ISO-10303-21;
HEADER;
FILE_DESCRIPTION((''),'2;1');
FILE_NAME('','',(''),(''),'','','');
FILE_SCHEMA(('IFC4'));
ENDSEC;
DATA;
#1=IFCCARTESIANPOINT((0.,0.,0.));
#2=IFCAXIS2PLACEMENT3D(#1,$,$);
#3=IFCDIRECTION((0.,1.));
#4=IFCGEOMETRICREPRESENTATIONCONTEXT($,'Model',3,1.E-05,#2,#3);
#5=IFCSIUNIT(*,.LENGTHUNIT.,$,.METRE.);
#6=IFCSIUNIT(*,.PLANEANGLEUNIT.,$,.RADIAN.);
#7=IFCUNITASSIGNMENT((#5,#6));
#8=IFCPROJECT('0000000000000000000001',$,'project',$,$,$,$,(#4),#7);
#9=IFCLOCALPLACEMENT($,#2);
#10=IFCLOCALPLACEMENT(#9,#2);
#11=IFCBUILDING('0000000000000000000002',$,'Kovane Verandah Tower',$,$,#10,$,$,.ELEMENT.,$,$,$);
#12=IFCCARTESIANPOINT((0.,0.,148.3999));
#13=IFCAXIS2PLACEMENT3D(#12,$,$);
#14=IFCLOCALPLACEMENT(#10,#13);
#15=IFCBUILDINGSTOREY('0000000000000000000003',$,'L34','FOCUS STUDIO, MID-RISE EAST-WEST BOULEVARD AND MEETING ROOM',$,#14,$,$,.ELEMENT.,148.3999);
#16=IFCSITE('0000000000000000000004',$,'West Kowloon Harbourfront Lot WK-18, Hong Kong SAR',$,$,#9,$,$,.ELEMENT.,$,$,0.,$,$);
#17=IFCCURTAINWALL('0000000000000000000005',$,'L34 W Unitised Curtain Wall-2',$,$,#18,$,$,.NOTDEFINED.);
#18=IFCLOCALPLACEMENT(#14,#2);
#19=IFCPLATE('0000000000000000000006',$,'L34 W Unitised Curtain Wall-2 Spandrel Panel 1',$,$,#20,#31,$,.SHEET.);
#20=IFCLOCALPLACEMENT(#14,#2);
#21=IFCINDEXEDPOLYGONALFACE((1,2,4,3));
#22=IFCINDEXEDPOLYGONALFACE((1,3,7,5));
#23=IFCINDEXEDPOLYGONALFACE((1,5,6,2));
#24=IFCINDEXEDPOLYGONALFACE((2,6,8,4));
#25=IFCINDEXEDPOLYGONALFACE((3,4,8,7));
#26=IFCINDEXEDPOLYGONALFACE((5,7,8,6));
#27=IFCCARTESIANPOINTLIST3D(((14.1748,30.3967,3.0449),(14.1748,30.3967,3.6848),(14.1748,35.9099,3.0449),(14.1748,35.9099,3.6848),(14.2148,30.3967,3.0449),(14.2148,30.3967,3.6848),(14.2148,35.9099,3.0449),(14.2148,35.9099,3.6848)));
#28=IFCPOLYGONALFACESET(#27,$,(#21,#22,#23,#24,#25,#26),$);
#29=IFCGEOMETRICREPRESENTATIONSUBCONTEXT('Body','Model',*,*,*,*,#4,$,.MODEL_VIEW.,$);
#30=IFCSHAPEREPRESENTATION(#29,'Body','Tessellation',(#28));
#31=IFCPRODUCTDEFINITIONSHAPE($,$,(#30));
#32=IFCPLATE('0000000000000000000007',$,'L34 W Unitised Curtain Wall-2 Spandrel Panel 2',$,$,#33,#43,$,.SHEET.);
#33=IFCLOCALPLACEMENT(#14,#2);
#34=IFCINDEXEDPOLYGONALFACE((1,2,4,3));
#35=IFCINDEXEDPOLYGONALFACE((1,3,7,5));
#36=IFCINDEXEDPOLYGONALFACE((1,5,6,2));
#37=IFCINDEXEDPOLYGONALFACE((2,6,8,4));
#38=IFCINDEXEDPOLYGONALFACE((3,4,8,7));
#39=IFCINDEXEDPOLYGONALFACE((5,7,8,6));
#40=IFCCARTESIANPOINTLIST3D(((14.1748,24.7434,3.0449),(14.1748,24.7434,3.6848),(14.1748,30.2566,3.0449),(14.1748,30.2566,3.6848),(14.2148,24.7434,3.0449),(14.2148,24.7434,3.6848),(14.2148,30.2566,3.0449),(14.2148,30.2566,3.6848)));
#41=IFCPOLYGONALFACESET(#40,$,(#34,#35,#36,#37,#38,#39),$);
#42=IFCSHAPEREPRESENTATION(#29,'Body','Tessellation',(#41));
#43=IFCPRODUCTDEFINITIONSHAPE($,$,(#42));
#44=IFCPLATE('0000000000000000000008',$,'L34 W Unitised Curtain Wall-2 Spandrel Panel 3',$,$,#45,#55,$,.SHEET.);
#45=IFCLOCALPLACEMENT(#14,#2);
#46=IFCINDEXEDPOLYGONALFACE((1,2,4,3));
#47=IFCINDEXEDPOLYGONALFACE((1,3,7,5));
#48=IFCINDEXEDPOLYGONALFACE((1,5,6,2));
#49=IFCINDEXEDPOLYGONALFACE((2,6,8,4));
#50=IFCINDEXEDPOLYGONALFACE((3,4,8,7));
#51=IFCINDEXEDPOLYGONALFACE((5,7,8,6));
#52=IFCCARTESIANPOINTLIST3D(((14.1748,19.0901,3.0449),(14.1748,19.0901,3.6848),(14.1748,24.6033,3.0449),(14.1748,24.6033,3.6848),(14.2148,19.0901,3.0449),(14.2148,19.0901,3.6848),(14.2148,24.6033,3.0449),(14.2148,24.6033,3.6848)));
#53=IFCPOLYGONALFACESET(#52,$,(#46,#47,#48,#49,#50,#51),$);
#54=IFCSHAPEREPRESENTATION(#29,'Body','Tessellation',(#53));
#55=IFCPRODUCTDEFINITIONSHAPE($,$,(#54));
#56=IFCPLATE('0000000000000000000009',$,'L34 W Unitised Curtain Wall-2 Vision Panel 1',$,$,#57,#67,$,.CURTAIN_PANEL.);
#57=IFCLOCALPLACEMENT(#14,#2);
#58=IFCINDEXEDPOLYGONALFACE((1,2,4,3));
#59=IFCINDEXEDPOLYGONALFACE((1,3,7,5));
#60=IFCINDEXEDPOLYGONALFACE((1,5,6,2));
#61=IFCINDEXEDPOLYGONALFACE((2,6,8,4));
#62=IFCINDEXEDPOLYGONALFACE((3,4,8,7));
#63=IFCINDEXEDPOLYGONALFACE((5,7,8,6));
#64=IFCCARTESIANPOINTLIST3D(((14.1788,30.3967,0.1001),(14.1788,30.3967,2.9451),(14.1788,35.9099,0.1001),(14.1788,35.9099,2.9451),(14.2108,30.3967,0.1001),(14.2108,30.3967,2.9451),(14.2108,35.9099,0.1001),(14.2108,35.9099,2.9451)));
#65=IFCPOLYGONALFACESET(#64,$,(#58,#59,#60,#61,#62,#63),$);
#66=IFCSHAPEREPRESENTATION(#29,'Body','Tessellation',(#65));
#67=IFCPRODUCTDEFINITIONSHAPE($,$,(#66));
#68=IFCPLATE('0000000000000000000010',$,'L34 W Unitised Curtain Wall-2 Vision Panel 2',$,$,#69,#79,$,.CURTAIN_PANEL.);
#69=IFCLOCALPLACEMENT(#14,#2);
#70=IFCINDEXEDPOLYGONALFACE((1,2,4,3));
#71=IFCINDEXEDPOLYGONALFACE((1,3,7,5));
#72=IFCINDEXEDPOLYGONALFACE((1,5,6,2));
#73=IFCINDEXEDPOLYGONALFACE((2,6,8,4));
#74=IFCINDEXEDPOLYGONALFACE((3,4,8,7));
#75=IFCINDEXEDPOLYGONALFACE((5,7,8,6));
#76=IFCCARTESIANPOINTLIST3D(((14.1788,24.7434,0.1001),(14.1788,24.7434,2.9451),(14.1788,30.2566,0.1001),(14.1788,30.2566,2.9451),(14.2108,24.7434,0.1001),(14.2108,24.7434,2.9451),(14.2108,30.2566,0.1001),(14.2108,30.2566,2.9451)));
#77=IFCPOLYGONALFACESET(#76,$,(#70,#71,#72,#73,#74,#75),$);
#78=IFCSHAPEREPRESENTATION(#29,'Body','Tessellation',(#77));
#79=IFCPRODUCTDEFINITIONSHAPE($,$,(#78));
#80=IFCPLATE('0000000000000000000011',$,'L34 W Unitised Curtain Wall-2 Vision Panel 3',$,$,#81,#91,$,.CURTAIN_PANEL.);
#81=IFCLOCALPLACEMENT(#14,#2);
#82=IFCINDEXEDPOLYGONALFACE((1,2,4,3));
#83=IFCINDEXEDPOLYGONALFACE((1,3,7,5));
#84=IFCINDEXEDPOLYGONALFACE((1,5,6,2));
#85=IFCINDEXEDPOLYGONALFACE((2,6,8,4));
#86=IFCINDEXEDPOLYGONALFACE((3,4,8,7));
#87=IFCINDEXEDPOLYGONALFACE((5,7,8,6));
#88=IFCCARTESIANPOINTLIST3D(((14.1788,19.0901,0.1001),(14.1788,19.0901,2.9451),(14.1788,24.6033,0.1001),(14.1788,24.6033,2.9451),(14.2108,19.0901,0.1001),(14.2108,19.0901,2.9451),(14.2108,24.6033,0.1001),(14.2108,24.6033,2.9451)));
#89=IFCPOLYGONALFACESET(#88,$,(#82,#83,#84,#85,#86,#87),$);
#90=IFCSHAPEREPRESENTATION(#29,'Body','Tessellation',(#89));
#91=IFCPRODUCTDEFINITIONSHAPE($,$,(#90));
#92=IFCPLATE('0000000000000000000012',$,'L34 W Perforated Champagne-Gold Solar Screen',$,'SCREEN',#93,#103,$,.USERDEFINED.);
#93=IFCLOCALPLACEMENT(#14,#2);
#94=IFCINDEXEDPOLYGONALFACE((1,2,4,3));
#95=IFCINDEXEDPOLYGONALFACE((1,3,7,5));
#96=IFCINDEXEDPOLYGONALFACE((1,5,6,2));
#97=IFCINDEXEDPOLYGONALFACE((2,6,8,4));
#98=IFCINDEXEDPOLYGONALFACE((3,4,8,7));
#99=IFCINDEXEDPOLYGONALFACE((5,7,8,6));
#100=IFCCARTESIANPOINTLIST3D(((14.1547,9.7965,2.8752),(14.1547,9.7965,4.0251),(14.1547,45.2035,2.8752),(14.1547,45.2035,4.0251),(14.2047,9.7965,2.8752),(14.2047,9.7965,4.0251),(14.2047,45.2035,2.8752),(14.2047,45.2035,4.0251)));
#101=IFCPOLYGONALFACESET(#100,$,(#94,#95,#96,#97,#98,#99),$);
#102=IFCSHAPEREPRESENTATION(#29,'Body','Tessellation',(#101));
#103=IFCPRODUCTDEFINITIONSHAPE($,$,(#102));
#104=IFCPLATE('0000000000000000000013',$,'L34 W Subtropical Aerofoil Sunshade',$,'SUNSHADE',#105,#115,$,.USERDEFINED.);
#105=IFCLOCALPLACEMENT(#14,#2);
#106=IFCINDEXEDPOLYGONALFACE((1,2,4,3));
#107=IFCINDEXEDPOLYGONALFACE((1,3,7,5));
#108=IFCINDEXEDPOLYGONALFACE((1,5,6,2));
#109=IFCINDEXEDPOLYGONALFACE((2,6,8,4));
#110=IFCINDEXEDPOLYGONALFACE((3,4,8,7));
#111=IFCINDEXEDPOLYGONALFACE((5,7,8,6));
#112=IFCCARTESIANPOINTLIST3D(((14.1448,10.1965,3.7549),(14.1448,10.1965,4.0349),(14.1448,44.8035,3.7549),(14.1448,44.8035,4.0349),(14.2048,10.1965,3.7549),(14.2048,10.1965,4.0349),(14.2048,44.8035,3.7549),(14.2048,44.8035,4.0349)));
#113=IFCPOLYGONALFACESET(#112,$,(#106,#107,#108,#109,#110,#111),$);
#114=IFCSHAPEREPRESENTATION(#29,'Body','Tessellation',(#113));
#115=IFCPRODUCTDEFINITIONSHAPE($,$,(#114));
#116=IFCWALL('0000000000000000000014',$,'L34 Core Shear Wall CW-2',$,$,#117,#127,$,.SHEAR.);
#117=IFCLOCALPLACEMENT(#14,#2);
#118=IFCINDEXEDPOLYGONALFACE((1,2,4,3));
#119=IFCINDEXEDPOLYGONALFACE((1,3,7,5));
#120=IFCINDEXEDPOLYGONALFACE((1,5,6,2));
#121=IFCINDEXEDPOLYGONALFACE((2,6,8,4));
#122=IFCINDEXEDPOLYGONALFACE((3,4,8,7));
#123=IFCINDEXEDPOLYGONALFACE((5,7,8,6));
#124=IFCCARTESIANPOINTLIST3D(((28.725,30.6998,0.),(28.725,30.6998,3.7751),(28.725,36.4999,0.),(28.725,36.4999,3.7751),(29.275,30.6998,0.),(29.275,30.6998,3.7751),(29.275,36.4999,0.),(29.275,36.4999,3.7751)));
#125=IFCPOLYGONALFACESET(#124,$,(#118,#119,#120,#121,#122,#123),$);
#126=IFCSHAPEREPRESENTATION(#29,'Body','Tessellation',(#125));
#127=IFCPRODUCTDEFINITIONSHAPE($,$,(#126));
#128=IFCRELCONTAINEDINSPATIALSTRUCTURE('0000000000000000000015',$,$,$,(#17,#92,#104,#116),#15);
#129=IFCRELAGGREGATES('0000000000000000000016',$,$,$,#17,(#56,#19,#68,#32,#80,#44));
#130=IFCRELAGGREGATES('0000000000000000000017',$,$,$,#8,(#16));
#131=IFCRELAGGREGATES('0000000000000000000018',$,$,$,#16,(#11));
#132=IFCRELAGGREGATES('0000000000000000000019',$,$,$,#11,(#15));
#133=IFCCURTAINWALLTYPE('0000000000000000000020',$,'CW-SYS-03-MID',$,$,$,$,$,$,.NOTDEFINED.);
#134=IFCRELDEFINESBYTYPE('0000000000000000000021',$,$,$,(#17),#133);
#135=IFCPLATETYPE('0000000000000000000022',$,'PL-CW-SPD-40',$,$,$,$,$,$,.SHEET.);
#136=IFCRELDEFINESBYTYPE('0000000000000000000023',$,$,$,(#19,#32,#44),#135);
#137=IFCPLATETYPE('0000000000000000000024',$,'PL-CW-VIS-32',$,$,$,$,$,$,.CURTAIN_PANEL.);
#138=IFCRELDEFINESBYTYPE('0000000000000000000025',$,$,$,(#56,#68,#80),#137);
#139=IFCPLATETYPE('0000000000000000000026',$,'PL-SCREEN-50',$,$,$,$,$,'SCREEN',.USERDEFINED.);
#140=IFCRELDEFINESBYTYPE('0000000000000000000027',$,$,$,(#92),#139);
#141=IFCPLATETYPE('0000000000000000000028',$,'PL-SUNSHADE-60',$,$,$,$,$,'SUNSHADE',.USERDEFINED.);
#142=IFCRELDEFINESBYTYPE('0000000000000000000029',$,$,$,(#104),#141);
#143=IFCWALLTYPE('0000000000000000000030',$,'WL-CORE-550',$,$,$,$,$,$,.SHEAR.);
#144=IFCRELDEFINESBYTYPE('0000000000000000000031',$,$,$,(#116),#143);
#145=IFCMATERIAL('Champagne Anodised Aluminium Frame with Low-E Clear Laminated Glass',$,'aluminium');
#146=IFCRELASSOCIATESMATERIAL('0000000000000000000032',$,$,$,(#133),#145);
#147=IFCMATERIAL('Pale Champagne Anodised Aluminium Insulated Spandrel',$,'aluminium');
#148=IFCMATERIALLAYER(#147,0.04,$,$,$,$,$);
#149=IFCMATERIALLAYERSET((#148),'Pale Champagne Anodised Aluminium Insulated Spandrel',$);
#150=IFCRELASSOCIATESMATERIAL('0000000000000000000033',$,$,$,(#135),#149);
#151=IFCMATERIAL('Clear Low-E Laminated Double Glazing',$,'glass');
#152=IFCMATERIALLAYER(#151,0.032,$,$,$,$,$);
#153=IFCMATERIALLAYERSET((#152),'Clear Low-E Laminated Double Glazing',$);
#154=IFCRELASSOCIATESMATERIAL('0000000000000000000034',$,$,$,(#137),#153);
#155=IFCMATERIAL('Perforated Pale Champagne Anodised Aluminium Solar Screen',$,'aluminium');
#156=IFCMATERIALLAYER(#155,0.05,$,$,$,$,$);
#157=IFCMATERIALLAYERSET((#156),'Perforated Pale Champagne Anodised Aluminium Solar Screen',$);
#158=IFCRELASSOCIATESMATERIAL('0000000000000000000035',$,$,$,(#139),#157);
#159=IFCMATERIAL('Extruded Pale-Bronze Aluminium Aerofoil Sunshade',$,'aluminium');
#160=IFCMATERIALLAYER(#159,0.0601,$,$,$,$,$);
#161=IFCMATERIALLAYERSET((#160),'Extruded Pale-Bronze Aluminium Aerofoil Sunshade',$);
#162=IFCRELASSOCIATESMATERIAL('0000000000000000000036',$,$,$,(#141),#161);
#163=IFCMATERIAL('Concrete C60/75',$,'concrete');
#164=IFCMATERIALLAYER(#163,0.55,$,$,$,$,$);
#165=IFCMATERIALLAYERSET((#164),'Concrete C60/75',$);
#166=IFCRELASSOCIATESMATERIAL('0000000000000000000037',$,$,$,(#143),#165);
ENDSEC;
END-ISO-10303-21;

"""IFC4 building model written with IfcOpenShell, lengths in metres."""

from ifc_helpers import new_model, si_unit, direction, frame, frame_2d, origin, origin_2d, place, context, subcontext, project, spatial, rectangle, extrude, material, layer, layer_set, type_object, element, aggregate, save


model = new_model("IFC4")

# Units and contexts
model_context = context("Model", 3, precision=1e-05, world=origin(), true_north=direction((0.0, 1.0)))
body_context = subcontext(model_context, "Body", "Model", "MODEL_VIEW")
ifc_project = project(units=[si_unit("LENGTHUNIT", "METRE"), si_unit("PLANEANGLEUNIT", "RADIAN")], contexts=[model_context])

# Site, building, storey
site_placement = place(None, origin())
site = spatial("IfcSite", under=ifc_project, at=site_placement, Name="West Kowloon Harbourfront Lot WK-18, Hong Kong SAR", CompositionType="ELEMENT", RefElevation=0.0)
building_placement = place(site_placement, origin())
building = spatial("IfcBuilding", under=site, at=building_placement, Name="Kovane Verandah Tower", CompositionType="ELEMENT")
storey_placement = place(building_placement, frame((0.0, 0.0, 148.3999)))
storey = spatial("IfcBuildingStorey", under=building, at=storey_placement, Name="L34", Description="FOCUS STUDIO, MID-RISE EAST-WEST BOULEVARD AND MEETING ROOM", CompositionType="ELEMENT", Elevation=148.3999)

# Shared definitions
ifc_material_1 = material(Name="Concrete C60/75", Category="concrete")

# Curtain wall, plates
ifc_material_2 = material(Name="Champagne Anodised Aluminium Frame with Low-E Clear Laminated Glass", Category="aluminium")
curtain_wall_type = type_object("IfcCurtainWallType", Name="CW-SYS-03-MID", PredefinedType="NOTDEFINED", material=ifc_material_2)
curtain_wall_placement = place(storey_placement, origin())
curtain_wall = element("IfcCurtainWall", 1, at=curtain_wall_placement, inside=storey, type_object=curtain_wall_type, Name="L34 W Unitised Curtain Wall-2", PredefinedType="NOTDEFINED")
ifc_material_3 = material(Name="Pale Champagne Anodised Aluminium Insulated Spandrel", Category="aluminium")
ifc_layer_1 = layer(ifc_material_3, 0.04)
ifc_layer_set_1 = layer_set([ifc_layer_1], Name="Pale Champagne Anodised Aluminium Insulated Spandrel")
plate_type_1 = type_object("IfcPlateType", Name="PL-CW-SPD-40", PredefinedType="SHEET", material=ifc_layer_set_1)
plate_1_placement = place(storey_placement, frame((14.1948, 33.1533, 3.0449), z_axis=(0.0, 0.0, 1.0), x_axis=(0.0, -1.0, 0.0)))
plate_1 = element("IfcPlate", 2, at=plate_1_placement, type_object=plate_type_1, Name="L34 W Unitised Curtain Wall-2 Spandrel Panel 1", PredefinedType="SHEET", context=body_context, shape_type="SweptSolid", body=[
    extrude(rectangle(XDim=5.5132, YDim=0.04, at=origin_2d()), origin(), (0.0, 0.0, 1.0), 0.6399),
])
plate_2_placement = place(storey_placement, frame((14.1948, 27.5, 3.0449), z_axis=(0.0, 0.0, 1.0), x_axis=(0.0, -1.0, 0.0)))
plate_2 = element("IfcPlate", 3, at=plate_2_placement, type_object=plate_type_1, Name="L34 W Unitised Curtain Wall-2 Spandrel Panel 2", PredefinedType="SHEET", context=body_context, shape_type="SweptSolid", body=[
    extrude(rectangle(XDim=5.5132, YDim=0.04, at=origin_2d()), origin(), (0.0, 0.0, 1.0), 0.6399),
])
plate_3_placement = place(storey_placement, frame((14.1948, 21.8467, 3.0449), z_axis=(0.0, 0.0, 1.0), x_axis=(0.0, -1.0, 0.0)))
plate_3 = element("IfcPlate", 4, at=plate_3_placement, type_object=plate_type_1, Name="L34 W Unitised Curtain Wall-2 Spandrel Panel 3", PredefinedType="SHEET", context=body_context, shape_type="SweptSolid", body=[
    extrude(rectangle(XDim=5.5132, YDim=0.04, at=origin_2d()), origin(), (0.0, 0.0, 1.0), 0.6399),
])
ifc_material_4 = material(Name="Clear Low-E Laminated Double Glazing", Category="glass")
ifc_layer_2 = layer(ifc_material_4, 0.032)
ifc_layer_set_2 = layer_set([ifc_layer_2], Name="Clear Low-E Laminated Double Glazing")
plate_type_2 = type_object("IfcPlateType", Name="PL-CW-VIS-32", PredefinedType="CURTAIN_PANEL", material=ifc_layer_set_2)
plate_4_placement = place(storey_placement, frame((14.1948, 33.1533, 0.1001), z_axis=(0.0, 0.0, 1.0), x_axis=(0.0, -1.0, 0.0)))
plate_4 = element("IfcPlate", 5, at=plate_4_placement, type_object=plate_type_2, Name="L34 W Unitised Curtain Wall-2 Vision Panel 1", PredefinedType="CURTAIN_PANEL", context=body_context, shape_type="SweptSolid", body=[
    extrude(rectangle(XDim=5.5132, YDim=0.032, at=origin_2d()), origin(), (0.0, 0.0, 1.0), 2.845),
])
plate_5_placement = place(storey_placement, frame((14.1948, 27.5, 0.1001), z_axis=(0.0, 0.0, 1.0), x_axis=(0.0, -1.0, 0.0)))
plate_5 = element("IfcPlate", 6, at=plate_5_placement, type_object=plate_type_2, Name="L34 W Unitised Curtain Wall-2 Vision Panel 2", PredefinedType="CURTAIN_PANEL", context=body_context, shape_type="SweptSolid", body=[
    extrude(rectangle(XDim=5.5132, YDim=0.032, at=origin_2d()), origin(), (0.0, 0.0, 1.0), 2.845),
])
plate_6_placement = place(storey_placement, frame((14.1948, 21.8467, 0.1001), z_axis=(0.0, 0.0, 1.0), x_axis=(0.0, -1.0, 0.0)))
plate_6 = element("IfcPlate", 7, at=plate_6_placement, type_object=plate_type_2, Name="L34 W Unitised Curtain Wall-2 Vision Panel 3", PredefinedType="CURTAIN_PANEL", context=body_context, shape_type="SweptSolid", body=[
    extrude(rectangle(XDim=5.5132, YDim=0.032, at=origin_2d()), origin(), (0.0, 0.0, 1.0), 2.845),
])
aggregate(curtain_wall, [plate_4, plate_1, plate_5, plate_2, plate_6, plate_3])

# Plates
ifc_material_5 = material(Name="Perforated Pale Champagne Anodised Aluminium Solar Screen", Category="aluminium")
ifc_layer_3 = layer(ifc_material_5, 0.05)
ifc_layer_set_3 = layer_set([ifc_layer_3], Name="Perforated Pale Champagne Anodised Aluminium Solar Screen")
plate_type_3 = type_object("IfcPlateType", Name="PL-SCREEN-50", ElementType="SCREEN", PredefinedType="USERDEFINED", material=ifc_layer_set_3)
plate_7_placement = place(storey_placement, frame((14.1797, 27.5, 2.8752), z_axis=(0.0, 0.0, 1.0), x_axis=(0.0, -1.0, 0.0)))
element("IfcPlate", 8, at=plate_7_placement, inside=storey, type_object=plate_type_3, Name="L34 W Perforated Champagne-Gold Solar Screen", ObjectType="SCREEN", PredefinedType="USERDEFINED", context=body_context, shape_type="SweptSolid", body=[
    extrude(rectangle(XDim=35.407, YDim=0.05, at=origin_2d()), origin(), (0.0, 0.0, 1.0), 1.1499),
])
ifc_material_6 = material(Name="Extruded Pale-Bronze Aluminium Aerofoil Sunshade", Category="aluminium")
ifc_layer_4 = layer(ifc_material_6, 0.0601)
ifc_layer_set_4 = layer_set([ifc_layer_4], Name="Extruded Pale-Bronze Aluminium Aerofoil Sunshade")
plate_type_4 = type_object("IfcPlateType", Name="PL-SUNSHADE-60", ElementType="SUNSHADE", PredefinedType="USERDEFINED", material=ifc_layer_set_4)
plate_8_placement = place(storey_placement, frame((14.1748, 27.5, 3.7549), z_axis=(0.0, 0.0, 1.0), x_axis=(0.0, -1.0, 0.0)))
element("IfcPlate", 9, at=plate_8_placement, inside=storey, type_object=plate_type_4, Name="L34 W Subtropical Aerofoil Sunshade", ObjectType="SUNSHADE", PredefinedType="USERDEFINED", context=body_context, shape_type="SweptSolid", body=[
    extrude(rectangle(XDim=34.6069, YDim=0.0601, at=origin_2d()), origin(), (0.0, 0.0, 1.0), 0.28),
])

# Wall
ifc_layer_5 = layer(ifc_material_1, 0.55)
ifc_layer_set_5 = layer_set([ifc_layer_5], Name="Concrete C60/75")
wall_type_1 = type_object("IfcWallType", Name="WL-CORE-550", PredefinedType="SHEAR", material=ifc_layer_set_5)
wall_1_placement = place(storey_placement, frame((29.0, 30.7, 0.0), z_axis=(0.0, 0.0, 1.0), x_axis=(0.0, 1.0, 0.0)))
element("IfcWall", 10, at=wall_1_placement, inside=storey, type_object=wall_type_1, Name="L34 Core Shear Wall CW-2", PredefinedType="SHEAR", context=body_context, shape_type="SweptSolid", body=[
    extrude(rectangle(XDim=5.8, YDim=0.55, at=frame_2d((2.8999, 0.0))), origin(), (0.0, 0.0, 1.0), 3.7751),
])

save(model, "model.ifc")
